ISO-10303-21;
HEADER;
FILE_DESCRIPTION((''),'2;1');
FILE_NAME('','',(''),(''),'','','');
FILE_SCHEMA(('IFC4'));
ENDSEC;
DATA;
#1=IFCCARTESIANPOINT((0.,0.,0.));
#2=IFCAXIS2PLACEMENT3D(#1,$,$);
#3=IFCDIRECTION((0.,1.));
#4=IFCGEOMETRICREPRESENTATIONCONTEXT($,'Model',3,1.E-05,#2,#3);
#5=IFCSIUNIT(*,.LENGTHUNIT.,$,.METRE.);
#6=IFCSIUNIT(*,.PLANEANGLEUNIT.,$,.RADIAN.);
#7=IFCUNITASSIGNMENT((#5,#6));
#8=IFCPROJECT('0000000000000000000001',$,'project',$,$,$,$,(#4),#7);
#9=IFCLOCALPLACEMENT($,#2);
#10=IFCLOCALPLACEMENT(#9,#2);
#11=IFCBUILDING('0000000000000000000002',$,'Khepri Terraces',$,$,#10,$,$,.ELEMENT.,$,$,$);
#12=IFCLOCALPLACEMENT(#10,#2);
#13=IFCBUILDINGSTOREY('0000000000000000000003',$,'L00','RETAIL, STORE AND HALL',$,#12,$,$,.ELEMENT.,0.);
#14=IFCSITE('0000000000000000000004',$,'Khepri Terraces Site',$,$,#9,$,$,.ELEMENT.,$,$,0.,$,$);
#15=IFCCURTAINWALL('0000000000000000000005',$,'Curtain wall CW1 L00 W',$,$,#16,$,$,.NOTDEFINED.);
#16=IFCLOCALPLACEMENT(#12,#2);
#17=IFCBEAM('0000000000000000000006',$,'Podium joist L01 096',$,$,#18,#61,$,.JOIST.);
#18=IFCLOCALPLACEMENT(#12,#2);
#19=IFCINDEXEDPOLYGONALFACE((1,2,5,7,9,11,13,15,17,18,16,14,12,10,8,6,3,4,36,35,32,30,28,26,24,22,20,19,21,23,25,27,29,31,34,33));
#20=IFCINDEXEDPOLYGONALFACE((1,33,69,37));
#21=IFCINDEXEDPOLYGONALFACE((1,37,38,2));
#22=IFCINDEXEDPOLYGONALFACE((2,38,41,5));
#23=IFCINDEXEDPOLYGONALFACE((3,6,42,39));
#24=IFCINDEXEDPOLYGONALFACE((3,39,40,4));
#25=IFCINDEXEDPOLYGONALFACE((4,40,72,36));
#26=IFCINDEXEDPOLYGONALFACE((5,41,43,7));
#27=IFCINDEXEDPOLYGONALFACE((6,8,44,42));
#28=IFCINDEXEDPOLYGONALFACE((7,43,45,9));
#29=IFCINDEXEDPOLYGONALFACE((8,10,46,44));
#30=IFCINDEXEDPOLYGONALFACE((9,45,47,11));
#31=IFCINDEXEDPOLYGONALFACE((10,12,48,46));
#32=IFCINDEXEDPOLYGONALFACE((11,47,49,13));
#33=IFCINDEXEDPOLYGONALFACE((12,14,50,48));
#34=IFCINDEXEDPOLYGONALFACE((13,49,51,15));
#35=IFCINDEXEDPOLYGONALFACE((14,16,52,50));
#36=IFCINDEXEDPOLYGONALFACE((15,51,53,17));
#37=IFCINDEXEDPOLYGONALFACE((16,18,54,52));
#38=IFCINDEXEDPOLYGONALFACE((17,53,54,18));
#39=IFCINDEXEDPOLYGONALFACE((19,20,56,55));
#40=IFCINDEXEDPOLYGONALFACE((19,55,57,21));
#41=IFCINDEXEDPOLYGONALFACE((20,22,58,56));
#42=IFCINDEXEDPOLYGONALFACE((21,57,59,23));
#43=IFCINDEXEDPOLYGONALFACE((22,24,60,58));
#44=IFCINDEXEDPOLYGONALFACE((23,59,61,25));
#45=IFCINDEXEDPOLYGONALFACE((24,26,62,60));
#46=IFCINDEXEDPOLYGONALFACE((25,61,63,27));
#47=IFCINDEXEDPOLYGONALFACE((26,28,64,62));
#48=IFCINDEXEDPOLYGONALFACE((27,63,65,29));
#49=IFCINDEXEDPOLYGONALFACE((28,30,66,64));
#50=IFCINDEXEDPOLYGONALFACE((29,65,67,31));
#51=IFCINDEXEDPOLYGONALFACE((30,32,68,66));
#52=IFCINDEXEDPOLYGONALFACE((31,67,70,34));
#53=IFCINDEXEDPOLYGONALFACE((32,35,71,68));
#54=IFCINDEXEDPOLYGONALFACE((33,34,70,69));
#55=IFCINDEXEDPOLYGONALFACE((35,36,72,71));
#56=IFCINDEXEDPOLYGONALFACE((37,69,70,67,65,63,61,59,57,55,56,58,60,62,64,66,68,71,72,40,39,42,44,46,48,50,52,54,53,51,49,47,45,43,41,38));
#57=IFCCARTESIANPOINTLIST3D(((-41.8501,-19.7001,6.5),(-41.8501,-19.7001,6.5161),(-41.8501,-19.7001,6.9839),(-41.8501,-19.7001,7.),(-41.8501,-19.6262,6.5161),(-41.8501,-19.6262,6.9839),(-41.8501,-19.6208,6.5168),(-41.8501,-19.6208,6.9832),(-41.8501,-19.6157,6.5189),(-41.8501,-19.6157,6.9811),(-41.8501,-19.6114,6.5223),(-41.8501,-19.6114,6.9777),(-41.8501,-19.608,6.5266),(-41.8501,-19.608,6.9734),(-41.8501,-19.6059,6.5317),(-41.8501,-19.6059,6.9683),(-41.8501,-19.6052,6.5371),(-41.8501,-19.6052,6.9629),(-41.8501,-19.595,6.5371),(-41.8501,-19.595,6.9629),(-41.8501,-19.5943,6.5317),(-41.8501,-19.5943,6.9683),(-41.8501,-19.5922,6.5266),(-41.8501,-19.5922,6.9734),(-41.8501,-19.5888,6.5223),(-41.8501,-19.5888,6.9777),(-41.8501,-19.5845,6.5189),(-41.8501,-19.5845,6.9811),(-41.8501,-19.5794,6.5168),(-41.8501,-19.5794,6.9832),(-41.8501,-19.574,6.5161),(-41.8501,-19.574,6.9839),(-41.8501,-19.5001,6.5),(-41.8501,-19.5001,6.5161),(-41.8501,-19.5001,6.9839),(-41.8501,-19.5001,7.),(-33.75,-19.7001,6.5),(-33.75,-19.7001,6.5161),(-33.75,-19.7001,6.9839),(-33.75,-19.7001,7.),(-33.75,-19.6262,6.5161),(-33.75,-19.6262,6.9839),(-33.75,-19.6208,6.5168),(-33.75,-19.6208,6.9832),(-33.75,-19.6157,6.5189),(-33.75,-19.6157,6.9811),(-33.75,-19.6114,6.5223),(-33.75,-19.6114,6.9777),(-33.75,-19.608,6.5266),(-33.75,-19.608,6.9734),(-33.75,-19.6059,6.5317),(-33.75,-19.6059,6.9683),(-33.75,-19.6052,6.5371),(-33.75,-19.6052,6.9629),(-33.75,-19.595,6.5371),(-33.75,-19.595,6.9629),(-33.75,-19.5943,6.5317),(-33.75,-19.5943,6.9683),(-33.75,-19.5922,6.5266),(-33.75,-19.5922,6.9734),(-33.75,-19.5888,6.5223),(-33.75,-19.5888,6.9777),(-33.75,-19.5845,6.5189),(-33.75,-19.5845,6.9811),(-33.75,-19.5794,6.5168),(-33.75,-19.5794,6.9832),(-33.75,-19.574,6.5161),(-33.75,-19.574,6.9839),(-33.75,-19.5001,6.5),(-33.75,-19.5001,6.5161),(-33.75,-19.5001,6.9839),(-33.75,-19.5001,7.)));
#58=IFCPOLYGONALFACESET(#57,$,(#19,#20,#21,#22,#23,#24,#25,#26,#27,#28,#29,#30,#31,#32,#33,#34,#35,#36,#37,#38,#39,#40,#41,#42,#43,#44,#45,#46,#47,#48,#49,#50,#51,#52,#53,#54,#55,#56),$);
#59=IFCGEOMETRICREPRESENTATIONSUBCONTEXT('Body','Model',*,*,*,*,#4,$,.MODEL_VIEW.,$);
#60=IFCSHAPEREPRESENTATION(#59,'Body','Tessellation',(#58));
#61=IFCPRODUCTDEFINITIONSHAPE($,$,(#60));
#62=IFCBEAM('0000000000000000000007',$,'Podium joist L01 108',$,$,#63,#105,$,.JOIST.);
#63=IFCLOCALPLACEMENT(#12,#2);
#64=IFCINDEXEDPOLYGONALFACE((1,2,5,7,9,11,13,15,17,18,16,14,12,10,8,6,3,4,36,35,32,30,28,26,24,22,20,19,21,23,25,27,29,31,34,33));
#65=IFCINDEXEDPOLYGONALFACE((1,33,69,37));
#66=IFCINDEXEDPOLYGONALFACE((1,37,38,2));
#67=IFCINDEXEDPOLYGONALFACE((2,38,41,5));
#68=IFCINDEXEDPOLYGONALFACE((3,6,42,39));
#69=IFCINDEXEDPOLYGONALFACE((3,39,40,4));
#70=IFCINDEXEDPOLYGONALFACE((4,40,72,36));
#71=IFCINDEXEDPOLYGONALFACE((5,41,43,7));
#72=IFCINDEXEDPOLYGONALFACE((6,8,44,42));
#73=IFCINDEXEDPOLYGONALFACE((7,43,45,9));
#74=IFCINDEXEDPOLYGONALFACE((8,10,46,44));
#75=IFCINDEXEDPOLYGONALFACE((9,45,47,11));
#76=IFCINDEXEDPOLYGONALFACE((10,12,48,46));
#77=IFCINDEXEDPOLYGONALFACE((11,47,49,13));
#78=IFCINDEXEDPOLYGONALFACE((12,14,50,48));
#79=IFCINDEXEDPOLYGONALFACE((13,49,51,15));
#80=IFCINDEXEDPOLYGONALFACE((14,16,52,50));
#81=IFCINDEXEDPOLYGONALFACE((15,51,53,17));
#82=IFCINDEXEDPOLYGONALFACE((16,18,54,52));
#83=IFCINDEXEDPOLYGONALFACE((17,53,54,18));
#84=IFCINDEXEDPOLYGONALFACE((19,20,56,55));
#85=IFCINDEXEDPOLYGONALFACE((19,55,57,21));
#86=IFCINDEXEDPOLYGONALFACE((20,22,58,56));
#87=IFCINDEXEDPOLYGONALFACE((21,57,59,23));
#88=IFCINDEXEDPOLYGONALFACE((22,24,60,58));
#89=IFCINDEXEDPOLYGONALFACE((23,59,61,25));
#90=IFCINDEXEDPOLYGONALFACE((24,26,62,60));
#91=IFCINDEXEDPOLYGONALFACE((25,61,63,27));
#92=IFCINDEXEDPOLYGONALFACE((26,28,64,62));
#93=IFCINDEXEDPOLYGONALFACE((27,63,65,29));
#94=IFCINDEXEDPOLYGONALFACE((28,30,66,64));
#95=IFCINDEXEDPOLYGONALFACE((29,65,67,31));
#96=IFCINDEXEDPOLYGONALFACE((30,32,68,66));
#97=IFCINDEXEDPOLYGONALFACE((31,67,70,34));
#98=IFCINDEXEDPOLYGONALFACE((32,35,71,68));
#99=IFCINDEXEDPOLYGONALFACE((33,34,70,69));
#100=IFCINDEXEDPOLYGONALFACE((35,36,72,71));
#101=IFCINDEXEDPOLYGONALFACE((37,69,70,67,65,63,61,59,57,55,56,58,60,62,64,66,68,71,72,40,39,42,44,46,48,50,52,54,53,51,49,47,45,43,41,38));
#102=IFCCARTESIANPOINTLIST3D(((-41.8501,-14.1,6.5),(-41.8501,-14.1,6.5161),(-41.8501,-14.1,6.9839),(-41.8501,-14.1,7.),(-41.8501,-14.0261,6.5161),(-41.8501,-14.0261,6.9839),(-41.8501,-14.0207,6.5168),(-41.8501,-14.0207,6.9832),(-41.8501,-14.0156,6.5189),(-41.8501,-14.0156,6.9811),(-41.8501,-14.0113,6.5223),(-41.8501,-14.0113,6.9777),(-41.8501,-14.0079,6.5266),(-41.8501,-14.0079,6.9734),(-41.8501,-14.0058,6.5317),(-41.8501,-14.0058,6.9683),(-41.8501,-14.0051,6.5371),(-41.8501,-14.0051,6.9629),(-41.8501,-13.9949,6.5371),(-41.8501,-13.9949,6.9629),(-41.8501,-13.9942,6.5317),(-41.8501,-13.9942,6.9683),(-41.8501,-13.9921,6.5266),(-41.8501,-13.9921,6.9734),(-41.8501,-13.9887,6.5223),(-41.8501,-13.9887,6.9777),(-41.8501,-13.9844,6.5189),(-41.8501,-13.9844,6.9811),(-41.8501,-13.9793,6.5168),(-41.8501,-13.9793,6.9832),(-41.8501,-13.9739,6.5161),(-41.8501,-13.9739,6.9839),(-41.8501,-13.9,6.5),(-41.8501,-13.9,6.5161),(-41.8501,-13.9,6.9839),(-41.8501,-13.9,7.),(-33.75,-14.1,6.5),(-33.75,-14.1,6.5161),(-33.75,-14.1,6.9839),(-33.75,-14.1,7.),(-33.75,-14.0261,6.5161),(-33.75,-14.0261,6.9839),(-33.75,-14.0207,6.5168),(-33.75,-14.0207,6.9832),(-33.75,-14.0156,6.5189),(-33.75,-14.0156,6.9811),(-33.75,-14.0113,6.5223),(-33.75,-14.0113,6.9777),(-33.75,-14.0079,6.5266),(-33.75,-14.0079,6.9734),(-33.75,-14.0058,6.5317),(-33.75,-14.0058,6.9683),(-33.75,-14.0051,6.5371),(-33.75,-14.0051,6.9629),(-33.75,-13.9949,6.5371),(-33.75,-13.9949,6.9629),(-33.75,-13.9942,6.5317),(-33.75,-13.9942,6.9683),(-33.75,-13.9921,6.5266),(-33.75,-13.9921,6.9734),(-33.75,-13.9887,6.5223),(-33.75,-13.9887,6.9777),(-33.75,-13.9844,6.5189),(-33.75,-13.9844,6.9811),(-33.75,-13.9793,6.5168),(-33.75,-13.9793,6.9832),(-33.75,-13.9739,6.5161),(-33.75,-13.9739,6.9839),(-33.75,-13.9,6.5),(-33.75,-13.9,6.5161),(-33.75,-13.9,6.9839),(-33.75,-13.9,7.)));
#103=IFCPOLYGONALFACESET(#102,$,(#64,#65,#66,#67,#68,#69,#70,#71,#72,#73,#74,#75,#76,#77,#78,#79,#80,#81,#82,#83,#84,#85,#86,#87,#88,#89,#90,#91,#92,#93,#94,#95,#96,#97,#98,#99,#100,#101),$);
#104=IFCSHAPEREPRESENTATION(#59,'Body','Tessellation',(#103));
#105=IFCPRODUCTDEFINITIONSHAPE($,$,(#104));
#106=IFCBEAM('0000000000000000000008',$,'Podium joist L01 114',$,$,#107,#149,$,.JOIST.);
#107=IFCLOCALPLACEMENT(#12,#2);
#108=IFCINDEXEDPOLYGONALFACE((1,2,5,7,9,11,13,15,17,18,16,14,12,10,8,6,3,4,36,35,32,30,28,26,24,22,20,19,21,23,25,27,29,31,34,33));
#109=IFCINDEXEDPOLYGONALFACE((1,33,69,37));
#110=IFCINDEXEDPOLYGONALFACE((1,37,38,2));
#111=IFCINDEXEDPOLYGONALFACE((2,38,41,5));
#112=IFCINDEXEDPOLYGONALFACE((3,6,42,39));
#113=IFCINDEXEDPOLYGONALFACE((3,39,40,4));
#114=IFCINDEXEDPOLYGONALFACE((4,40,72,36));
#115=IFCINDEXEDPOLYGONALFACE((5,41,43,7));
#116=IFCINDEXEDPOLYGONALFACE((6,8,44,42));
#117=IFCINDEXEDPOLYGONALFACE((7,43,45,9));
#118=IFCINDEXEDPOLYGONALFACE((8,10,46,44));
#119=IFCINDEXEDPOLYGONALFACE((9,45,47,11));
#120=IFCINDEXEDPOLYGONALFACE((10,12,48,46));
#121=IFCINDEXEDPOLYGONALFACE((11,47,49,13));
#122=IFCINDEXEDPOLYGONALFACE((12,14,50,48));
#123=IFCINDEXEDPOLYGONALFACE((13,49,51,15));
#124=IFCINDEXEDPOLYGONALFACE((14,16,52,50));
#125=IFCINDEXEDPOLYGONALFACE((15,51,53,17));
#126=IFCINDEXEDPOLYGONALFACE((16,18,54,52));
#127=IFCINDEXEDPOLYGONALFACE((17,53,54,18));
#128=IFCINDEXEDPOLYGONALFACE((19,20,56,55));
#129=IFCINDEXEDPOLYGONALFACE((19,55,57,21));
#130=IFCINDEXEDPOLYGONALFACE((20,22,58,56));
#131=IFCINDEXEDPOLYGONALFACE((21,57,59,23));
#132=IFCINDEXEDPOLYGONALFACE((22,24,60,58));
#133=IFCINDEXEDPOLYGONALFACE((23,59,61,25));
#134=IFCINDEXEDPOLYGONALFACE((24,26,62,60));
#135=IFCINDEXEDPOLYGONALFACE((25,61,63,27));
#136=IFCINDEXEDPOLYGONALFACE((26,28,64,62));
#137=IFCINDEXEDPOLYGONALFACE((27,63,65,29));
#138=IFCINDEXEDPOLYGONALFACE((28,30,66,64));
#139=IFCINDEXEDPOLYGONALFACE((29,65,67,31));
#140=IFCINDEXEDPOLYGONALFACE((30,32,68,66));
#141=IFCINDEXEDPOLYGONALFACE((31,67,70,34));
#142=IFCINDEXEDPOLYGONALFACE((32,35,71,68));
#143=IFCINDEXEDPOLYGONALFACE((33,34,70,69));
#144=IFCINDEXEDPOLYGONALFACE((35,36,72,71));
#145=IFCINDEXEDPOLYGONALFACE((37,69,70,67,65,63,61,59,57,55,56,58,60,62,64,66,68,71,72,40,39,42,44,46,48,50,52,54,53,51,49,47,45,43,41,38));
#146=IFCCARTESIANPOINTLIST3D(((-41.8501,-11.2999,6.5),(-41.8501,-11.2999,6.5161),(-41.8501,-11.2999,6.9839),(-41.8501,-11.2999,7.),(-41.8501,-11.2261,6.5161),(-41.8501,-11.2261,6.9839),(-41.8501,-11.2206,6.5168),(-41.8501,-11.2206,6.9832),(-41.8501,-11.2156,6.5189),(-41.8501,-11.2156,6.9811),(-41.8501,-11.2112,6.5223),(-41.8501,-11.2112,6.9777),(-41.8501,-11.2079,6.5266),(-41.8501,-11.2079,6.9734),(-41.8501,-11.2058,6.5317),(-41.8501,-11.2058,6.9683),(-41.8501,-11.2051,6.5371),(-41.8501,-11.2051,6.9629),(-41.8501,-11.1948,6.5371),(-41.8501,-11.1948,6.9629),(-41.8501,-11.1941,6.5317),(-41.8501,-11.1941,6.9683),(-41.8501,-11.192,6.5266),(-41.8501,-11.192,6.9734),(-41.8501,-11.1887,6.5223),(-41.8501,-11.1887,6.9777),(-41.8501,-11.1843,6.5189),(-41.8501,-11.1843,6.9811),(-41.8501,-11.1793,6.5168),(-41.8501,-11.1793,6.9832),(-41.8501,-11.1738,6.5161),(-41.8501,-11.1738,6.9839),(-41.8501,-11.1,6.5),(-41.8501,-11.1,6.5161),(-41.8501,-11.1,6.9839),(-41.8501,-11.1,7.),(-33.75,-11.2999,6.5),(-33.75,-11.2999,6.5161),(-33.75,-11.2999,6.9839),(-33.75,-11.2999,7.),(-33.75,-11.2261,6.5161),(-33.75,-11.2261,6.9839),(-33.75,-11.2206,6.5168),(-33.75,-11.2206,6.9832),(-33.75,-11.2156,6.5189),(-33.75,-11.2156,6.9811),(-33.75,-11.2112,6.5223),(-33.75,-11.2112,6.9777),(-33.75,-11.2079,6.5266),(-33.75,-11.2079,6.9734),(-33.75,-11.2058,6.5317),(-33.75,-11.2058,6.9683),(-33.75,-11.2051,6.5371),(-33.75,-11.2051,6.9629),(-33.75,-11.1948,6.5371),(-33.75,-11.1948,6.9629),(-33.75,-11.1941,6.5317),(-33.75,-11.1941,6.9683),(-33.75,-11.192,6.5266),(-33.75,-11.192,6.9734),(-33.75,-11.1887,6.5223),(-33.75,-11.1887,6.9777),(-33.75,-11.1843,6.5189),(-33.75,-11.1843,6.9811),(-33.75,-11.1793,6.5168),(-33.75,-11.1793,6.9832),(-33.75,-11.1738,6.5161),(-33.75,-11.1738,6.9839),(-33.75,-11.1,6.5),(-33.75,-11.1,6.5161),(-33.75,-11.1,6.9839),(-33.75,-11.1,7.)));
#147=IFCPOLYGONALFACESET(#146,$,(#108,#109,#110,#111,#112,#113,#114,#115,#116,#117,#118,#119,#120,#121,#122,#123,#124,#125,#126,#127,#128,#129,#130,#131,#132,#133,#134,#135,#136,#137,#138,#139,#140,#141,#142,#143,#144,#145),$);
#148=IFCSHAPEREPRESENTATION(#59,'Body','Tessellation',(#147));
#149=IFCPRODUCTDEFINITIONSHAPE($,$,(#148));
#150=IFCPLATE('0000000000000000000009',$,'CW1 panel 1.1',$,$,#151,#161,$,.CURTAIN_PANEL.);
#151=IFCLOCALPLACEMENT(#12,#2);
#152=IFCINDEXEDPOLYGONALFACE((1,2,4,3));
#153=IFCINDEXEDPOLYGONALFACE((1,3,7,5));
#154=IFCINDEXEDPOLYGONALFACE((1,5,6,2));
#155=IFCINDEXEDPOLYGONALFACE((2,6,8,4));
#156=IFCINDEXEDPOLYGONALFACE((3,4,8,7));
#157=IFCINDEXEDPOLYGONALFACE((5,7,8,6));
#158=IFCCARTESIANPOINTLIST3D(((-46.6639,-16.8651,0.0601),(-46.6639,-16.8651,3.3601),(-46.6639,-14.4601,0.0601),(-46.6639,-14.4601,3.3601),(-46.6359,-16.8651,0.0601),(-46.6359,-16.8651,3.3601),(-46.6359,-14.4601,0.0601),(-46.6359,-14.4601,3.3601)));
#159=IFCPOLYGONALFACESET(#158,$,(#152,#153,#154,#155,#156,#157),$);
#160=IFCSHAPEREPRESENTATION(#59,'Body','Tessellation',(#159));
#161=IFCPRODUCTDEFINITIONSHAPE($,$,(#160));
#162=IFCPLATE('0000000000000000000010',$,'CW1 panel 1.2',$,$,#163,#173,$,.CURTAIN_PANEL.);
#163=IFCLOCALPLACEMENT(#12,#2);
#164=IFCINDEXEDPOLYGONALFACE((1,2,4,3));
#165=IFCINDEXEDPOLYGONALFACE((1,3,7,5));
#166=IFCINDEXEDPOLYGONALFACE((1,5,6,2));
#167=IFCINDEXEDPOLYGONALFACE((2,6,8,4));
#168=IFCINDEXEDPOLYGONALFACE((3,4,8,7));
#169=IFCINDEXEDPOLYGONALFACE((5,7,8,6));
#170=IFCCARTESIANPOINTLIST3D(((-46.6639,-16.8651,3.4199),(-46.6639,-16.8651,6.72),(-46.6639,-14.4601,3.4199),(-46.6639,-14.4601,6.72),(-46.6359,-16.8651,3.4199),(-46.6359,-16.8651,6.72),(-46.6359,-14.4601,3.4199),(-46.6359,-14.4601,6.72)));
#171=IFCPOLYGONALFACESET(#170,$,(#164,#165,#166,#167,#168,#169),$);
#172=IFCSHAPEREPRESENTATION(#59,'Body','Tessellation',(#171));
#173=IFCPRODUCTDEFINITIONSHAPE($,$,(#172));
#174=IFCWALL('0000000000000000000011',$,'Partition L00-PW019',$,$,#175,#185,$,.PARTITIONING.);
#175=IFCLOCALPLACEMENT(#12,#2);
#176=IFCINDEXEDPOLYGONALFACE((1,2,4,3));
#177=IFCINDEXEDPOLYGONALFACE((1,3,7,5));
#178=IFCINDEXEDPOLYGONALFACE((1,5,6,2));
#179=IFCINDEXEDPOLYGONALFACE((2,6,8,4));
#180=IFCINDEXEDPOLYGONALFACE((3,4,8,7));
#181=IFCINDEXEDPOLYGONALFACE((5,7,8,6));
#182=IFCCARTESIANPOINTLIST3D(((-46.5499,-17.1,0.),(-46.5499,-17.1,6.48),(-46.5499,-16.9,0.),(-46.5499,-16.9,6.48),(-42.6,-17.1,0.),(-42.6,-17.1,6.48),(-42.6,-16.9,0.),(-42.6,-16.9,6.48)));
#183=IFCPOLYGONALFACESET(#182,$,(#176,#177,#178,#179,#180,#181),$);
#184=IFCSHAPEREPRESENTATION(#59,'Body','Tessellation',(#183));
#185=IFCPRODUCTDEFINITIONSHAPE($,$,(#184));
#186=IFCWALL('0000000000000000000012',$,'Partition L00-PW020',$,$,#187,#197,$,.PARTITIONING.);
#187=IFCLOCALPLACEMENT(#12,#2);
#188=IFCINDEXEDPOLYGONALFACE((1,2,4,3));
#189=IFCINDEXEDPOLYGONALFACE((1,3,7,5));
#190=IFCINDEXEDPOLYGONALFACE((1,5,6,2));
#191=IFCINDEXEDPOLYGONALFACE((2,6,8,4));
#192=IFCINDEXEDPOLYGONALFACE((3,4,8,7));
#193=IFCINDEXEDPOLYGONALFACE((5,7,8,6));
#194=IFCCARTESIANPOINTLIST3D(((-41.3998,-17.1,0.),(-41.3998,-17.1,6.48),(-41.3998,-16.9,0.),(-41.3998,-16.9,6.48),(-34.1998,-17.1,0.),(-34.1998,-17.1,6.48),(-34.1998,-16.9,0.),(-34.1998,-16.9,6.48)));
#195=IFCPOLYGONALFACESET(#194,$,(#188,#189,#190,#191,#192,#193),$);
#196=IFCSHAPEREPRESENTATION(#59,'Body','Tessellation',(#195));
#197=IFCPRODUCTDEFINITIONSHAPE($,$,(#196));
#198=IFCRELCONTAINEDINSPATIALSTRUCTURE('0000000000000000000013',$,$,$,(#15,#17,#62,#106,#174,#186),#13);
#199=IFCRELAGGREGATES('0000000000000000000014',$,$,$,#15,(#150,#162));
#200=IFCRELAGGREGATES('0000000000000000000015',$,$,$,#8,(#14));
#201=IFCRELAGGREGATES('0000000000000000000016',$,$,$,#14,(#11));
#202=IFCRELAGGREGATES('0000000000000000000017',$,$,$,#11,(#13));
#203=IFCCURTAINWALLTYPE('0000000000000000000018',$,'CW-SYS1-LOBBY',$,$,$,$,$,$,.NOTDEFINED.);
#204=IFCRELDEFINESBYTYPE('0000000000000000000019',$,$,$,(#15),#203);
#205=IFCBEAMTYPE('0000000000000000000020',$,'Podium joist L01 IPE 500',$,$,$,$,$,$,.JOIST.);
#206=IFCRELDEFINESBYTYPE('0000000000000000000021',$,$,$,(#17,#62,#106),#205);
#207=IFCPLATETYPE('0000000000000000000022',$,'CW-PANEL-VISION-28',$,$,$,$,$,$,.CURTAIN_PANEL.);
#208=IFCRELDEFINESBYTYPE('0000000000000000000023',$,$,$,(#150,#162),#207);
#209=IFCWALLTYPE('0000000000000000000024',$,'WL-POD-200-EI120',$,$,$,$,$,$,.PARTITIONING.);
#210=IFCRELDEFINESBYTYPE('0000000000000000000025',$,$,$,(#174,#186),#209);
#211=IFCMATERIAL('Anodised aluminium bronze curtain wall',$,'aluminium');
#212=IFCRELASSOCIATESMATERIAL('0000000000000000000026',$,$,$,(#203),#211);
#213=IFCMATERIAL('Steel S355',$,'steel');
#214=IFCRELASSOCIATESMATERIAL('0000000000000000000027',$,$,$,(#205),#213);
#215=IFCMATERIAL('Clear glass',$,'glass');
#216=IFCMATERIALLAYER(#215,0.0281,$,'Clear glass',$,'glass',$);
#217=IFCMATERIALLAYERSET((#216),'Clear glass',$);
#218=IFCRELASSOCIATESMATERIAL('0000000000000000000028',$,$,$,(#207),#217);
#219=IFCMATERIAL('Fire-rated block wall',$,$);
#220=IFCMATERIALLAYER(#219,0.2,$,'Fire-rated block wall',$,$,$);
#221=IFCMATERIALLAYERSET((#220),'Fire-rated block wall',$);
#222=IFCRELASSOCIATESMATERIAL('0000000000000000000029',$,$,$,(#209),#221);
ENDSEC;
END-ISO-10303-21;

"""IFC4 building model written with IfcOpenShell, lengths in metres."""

from ifc_helpers import new_model, si_unit, direction, frame, frame_2d, origin, origin_2d, place, context, subcontext, project, spatial, rectangle, i_section, extrude, material, layer, layer_set, material_profile, profile_set, type_object, element, aggregate, save


model = new_model("IFC4")

# Units and contexts
model_context = context("Model", 3, precision=1e-05, world=origin(), true_north=direction((0.0, 1.0)))
body_context = subcontext(model_context, "Body", "Model", "MODEL_VIEW")
ifc_project = project(units=[si_unit("LENGTHUNIT", "METRE"), si_unit("PLANEANGLEUNIT", "RADIAN")], contexts=[model_context])

# Site, building, storey
site_placement = place(None, origin())
site = spatial("IfcSite", under=ifc_project, at=site_placement, Name="Khepri Terraces Site", CompositionType="ELEMENT", RefElevation=0.0)
building_placement = place(site_placement, origin())
building = spatial("IfcBuilding", under=site, at=building_placement, Name="Khepri Terraces", CompositionType="ELEMENT")
storey_placement = place(building_placement, origin())
storey = spatial("IfcBuildingStorey", under=building, at=storey_placement, Name="L00", Description="RETAIL, STORE AND HALL", CompositionType="ELEMENT", Elevation=0.0)

# Shared definitions
ifc_material_1 = material(Name="Anodised aluminium bronze curtain wall", Category="aluminium")
curtain_wall_type = type_object("IfcCurtainWallType", Name="CW-SYS1-LOBBY", PredefinedType="NOTDEFINED", material=ifc_material_1)

# Curtain wall
curtain_wall_1_placement = place(storey_placement, origin())
curtain_wall_1 = element("IfcCurtainWall", 1, at=curtain_wall_1_placement, inside=storey, type_object=curtain_wall_type, Name="Curtain wall CW1 L00 W", PredefinedType="NOTDEFINED")

# Beams
ifc_material_2 = material(Name="Steel S355", Category="steel")
ifc_material_profile_1 = material_profile(ifc_material_2, i_section(OverallWidth=0.2, OverallDepth=0.5, WebThickness=0.0103, FlangeThickness=0.0161, FilletRadius=0.021, at=origin_2d()), Name="Steel S355", Category="steel")
ifc_profile_set_1 = profile_set([ifc_material_profile_1], Name="Steel S355")
beam_type_1 = type_object("IfcBeamType", Name="Podium joist L01 IPE 500", PredefinedType="JOIST", material=ifc_profile_set_1)
for number, where, z_axis, x_axis, name in (
    (2, (-41.8501, -19.6001, 6.75), (1.0, 0.0, 0.0), (0.0, 1.0, 0.0), "Podium joist L01 096"),
    (3, (-41.8501, -14.0, 6.75), (1.0, 0.0, 0.0), (0.0, 1.0, 0.0), "Podium joist L01 108"),
    (4, (-41.8501, -11.2, 6.75), (1.0, 0.0, 0.0), (0.0, 1.0, 0.0), "Podium joist L01 114"),
):
    element("IfcBeam", number, at=place(storey_placement, frame(where, z_axis=z_axis, x_axis=x_axis)), inside=storey, type_object=beam_type_1, Name=name, PredefinedType="JOIST", context=body_context, shape_type="SweptSolid", body=[
        extrude(i_section(OverallWidth=0.2, OverallDepth=0.5, WebThickness=0.0103, FlangeThickness=0.0161, FilletRadius=0.021, at=origin_2d()), origin(), (0.0, 0.0, 1.0), 8.1001),
    ])

# Plates
ifc_material_3 = material(Name="Clear glass", Category="glass")
ifc_layer_1 = layer(ifc_material_3, 0.0281, Name="Clear glass", Category="glass")
ifc_layer_set_1 = layer_set([ifc_layer_1], Name="Clear glass")
plate_type = type_object("IfcPlateType", Name="CW-PANEL-VISION-28", PredefinedType="CURTAIN_PANEL", material=ifc_layer_set_1)
plate_1_placement = place(storey_placement, frame((-46.6499, -15.6626, 0.0601), z_axis=(0.0, 0.0, 1.0), x_axis=(0.0, -1.0, 0.0)))
plate_1 = element("IfcPlate", 5, at=plate_1_placement, type_object=plate_type, Name="CW1 panel 1.1", PredefinedType="CURTAIN_PANEL", context=body_context, shape_type="SweptSolid", body=[
    extrude(rectangle(XDim=2.405, YDim=0.0281, at=origin_2d()), origin(), (0.0, 0.0, 1.0), 3.3),
])
plate_2_placement = place(storey_placement, frame((-46.6499, -15.6626, 3.4199), z_axis=(0.0, 0.0, 1.0), x_axis=(0.0, -1.0, 0.0)))
plate_2 = element("IfcPlate", 6, at=plate_2_placement, type_object=plate_type, Name="CW1 panel 1.2", PredefinedType="CURTAIN_PANEL", context=body_context, shape_type="SweptSolid", body=[
    extrude(rectangle(XDim=2.405, YDim=0.0281, at=origin_2d()), origin(), (0.0, 0.0, 1.0), 3.3),
])
aggregate(curtain_wall_1, [plate_1, plate_2])

# Walls
ifc_material_4 = material(Name="Fire-rated block wall")
ifc_layer_2 = layer(ifc_material_4, 0.2, Name="Fire-rated block wall")
ifc_layer_set_2 = layer_set([ifc_layer_2], Name="Fire-rated block wall")
wall_type_1 = type_object("IfcWallType", Name="WL-POD-200-EI120", PredefinedType="PARTITIONING", material=ifc_layer_set_2)
wall_1_placement = place(storey_placement, frame((-46.55, -17.0, 0.0), z_axis=(0.0, 0.0, 1.0), x_axis=(1.0, 0.0, 0.0)))
element("IfcWall", 7, at=wall_1_placement, inside=storey, type_object=wall_type_1, Name="Partition L00-PW019", PredefinedType="PARTITIONING", context=body_context, shape_type="SweptSolid", body=[
    extrude(rectangle(XDim=3.95, YDim=0.2, at=frame_2d((1.9751, 0.0))), origin(), (0.0, 0.0, 1.0), 6.48),
])
wall_2_placement = place(storey_placement, frame((-41.3999, -17.0, 0.0), z_axis=(0.0, 0.0, 1.0), x_axis=(1.0, 0.0, 0.0)))
element("IfcWall", 8, at=wall_2_placement, inside=storey, type_object=wall_type_1, Name="Partition L00-PW020", PredefinedType="PARTITIONING", context=body_context, shape_type="SweptSolid", body=[
    extrude(rectangle(XDim=7.2, YDim=0.2, at=frame_2d((3.6001, 0.0))), origin(), (0.0, 0.0, 1.0), 6.48),
])

save(model, "model.ifc")
